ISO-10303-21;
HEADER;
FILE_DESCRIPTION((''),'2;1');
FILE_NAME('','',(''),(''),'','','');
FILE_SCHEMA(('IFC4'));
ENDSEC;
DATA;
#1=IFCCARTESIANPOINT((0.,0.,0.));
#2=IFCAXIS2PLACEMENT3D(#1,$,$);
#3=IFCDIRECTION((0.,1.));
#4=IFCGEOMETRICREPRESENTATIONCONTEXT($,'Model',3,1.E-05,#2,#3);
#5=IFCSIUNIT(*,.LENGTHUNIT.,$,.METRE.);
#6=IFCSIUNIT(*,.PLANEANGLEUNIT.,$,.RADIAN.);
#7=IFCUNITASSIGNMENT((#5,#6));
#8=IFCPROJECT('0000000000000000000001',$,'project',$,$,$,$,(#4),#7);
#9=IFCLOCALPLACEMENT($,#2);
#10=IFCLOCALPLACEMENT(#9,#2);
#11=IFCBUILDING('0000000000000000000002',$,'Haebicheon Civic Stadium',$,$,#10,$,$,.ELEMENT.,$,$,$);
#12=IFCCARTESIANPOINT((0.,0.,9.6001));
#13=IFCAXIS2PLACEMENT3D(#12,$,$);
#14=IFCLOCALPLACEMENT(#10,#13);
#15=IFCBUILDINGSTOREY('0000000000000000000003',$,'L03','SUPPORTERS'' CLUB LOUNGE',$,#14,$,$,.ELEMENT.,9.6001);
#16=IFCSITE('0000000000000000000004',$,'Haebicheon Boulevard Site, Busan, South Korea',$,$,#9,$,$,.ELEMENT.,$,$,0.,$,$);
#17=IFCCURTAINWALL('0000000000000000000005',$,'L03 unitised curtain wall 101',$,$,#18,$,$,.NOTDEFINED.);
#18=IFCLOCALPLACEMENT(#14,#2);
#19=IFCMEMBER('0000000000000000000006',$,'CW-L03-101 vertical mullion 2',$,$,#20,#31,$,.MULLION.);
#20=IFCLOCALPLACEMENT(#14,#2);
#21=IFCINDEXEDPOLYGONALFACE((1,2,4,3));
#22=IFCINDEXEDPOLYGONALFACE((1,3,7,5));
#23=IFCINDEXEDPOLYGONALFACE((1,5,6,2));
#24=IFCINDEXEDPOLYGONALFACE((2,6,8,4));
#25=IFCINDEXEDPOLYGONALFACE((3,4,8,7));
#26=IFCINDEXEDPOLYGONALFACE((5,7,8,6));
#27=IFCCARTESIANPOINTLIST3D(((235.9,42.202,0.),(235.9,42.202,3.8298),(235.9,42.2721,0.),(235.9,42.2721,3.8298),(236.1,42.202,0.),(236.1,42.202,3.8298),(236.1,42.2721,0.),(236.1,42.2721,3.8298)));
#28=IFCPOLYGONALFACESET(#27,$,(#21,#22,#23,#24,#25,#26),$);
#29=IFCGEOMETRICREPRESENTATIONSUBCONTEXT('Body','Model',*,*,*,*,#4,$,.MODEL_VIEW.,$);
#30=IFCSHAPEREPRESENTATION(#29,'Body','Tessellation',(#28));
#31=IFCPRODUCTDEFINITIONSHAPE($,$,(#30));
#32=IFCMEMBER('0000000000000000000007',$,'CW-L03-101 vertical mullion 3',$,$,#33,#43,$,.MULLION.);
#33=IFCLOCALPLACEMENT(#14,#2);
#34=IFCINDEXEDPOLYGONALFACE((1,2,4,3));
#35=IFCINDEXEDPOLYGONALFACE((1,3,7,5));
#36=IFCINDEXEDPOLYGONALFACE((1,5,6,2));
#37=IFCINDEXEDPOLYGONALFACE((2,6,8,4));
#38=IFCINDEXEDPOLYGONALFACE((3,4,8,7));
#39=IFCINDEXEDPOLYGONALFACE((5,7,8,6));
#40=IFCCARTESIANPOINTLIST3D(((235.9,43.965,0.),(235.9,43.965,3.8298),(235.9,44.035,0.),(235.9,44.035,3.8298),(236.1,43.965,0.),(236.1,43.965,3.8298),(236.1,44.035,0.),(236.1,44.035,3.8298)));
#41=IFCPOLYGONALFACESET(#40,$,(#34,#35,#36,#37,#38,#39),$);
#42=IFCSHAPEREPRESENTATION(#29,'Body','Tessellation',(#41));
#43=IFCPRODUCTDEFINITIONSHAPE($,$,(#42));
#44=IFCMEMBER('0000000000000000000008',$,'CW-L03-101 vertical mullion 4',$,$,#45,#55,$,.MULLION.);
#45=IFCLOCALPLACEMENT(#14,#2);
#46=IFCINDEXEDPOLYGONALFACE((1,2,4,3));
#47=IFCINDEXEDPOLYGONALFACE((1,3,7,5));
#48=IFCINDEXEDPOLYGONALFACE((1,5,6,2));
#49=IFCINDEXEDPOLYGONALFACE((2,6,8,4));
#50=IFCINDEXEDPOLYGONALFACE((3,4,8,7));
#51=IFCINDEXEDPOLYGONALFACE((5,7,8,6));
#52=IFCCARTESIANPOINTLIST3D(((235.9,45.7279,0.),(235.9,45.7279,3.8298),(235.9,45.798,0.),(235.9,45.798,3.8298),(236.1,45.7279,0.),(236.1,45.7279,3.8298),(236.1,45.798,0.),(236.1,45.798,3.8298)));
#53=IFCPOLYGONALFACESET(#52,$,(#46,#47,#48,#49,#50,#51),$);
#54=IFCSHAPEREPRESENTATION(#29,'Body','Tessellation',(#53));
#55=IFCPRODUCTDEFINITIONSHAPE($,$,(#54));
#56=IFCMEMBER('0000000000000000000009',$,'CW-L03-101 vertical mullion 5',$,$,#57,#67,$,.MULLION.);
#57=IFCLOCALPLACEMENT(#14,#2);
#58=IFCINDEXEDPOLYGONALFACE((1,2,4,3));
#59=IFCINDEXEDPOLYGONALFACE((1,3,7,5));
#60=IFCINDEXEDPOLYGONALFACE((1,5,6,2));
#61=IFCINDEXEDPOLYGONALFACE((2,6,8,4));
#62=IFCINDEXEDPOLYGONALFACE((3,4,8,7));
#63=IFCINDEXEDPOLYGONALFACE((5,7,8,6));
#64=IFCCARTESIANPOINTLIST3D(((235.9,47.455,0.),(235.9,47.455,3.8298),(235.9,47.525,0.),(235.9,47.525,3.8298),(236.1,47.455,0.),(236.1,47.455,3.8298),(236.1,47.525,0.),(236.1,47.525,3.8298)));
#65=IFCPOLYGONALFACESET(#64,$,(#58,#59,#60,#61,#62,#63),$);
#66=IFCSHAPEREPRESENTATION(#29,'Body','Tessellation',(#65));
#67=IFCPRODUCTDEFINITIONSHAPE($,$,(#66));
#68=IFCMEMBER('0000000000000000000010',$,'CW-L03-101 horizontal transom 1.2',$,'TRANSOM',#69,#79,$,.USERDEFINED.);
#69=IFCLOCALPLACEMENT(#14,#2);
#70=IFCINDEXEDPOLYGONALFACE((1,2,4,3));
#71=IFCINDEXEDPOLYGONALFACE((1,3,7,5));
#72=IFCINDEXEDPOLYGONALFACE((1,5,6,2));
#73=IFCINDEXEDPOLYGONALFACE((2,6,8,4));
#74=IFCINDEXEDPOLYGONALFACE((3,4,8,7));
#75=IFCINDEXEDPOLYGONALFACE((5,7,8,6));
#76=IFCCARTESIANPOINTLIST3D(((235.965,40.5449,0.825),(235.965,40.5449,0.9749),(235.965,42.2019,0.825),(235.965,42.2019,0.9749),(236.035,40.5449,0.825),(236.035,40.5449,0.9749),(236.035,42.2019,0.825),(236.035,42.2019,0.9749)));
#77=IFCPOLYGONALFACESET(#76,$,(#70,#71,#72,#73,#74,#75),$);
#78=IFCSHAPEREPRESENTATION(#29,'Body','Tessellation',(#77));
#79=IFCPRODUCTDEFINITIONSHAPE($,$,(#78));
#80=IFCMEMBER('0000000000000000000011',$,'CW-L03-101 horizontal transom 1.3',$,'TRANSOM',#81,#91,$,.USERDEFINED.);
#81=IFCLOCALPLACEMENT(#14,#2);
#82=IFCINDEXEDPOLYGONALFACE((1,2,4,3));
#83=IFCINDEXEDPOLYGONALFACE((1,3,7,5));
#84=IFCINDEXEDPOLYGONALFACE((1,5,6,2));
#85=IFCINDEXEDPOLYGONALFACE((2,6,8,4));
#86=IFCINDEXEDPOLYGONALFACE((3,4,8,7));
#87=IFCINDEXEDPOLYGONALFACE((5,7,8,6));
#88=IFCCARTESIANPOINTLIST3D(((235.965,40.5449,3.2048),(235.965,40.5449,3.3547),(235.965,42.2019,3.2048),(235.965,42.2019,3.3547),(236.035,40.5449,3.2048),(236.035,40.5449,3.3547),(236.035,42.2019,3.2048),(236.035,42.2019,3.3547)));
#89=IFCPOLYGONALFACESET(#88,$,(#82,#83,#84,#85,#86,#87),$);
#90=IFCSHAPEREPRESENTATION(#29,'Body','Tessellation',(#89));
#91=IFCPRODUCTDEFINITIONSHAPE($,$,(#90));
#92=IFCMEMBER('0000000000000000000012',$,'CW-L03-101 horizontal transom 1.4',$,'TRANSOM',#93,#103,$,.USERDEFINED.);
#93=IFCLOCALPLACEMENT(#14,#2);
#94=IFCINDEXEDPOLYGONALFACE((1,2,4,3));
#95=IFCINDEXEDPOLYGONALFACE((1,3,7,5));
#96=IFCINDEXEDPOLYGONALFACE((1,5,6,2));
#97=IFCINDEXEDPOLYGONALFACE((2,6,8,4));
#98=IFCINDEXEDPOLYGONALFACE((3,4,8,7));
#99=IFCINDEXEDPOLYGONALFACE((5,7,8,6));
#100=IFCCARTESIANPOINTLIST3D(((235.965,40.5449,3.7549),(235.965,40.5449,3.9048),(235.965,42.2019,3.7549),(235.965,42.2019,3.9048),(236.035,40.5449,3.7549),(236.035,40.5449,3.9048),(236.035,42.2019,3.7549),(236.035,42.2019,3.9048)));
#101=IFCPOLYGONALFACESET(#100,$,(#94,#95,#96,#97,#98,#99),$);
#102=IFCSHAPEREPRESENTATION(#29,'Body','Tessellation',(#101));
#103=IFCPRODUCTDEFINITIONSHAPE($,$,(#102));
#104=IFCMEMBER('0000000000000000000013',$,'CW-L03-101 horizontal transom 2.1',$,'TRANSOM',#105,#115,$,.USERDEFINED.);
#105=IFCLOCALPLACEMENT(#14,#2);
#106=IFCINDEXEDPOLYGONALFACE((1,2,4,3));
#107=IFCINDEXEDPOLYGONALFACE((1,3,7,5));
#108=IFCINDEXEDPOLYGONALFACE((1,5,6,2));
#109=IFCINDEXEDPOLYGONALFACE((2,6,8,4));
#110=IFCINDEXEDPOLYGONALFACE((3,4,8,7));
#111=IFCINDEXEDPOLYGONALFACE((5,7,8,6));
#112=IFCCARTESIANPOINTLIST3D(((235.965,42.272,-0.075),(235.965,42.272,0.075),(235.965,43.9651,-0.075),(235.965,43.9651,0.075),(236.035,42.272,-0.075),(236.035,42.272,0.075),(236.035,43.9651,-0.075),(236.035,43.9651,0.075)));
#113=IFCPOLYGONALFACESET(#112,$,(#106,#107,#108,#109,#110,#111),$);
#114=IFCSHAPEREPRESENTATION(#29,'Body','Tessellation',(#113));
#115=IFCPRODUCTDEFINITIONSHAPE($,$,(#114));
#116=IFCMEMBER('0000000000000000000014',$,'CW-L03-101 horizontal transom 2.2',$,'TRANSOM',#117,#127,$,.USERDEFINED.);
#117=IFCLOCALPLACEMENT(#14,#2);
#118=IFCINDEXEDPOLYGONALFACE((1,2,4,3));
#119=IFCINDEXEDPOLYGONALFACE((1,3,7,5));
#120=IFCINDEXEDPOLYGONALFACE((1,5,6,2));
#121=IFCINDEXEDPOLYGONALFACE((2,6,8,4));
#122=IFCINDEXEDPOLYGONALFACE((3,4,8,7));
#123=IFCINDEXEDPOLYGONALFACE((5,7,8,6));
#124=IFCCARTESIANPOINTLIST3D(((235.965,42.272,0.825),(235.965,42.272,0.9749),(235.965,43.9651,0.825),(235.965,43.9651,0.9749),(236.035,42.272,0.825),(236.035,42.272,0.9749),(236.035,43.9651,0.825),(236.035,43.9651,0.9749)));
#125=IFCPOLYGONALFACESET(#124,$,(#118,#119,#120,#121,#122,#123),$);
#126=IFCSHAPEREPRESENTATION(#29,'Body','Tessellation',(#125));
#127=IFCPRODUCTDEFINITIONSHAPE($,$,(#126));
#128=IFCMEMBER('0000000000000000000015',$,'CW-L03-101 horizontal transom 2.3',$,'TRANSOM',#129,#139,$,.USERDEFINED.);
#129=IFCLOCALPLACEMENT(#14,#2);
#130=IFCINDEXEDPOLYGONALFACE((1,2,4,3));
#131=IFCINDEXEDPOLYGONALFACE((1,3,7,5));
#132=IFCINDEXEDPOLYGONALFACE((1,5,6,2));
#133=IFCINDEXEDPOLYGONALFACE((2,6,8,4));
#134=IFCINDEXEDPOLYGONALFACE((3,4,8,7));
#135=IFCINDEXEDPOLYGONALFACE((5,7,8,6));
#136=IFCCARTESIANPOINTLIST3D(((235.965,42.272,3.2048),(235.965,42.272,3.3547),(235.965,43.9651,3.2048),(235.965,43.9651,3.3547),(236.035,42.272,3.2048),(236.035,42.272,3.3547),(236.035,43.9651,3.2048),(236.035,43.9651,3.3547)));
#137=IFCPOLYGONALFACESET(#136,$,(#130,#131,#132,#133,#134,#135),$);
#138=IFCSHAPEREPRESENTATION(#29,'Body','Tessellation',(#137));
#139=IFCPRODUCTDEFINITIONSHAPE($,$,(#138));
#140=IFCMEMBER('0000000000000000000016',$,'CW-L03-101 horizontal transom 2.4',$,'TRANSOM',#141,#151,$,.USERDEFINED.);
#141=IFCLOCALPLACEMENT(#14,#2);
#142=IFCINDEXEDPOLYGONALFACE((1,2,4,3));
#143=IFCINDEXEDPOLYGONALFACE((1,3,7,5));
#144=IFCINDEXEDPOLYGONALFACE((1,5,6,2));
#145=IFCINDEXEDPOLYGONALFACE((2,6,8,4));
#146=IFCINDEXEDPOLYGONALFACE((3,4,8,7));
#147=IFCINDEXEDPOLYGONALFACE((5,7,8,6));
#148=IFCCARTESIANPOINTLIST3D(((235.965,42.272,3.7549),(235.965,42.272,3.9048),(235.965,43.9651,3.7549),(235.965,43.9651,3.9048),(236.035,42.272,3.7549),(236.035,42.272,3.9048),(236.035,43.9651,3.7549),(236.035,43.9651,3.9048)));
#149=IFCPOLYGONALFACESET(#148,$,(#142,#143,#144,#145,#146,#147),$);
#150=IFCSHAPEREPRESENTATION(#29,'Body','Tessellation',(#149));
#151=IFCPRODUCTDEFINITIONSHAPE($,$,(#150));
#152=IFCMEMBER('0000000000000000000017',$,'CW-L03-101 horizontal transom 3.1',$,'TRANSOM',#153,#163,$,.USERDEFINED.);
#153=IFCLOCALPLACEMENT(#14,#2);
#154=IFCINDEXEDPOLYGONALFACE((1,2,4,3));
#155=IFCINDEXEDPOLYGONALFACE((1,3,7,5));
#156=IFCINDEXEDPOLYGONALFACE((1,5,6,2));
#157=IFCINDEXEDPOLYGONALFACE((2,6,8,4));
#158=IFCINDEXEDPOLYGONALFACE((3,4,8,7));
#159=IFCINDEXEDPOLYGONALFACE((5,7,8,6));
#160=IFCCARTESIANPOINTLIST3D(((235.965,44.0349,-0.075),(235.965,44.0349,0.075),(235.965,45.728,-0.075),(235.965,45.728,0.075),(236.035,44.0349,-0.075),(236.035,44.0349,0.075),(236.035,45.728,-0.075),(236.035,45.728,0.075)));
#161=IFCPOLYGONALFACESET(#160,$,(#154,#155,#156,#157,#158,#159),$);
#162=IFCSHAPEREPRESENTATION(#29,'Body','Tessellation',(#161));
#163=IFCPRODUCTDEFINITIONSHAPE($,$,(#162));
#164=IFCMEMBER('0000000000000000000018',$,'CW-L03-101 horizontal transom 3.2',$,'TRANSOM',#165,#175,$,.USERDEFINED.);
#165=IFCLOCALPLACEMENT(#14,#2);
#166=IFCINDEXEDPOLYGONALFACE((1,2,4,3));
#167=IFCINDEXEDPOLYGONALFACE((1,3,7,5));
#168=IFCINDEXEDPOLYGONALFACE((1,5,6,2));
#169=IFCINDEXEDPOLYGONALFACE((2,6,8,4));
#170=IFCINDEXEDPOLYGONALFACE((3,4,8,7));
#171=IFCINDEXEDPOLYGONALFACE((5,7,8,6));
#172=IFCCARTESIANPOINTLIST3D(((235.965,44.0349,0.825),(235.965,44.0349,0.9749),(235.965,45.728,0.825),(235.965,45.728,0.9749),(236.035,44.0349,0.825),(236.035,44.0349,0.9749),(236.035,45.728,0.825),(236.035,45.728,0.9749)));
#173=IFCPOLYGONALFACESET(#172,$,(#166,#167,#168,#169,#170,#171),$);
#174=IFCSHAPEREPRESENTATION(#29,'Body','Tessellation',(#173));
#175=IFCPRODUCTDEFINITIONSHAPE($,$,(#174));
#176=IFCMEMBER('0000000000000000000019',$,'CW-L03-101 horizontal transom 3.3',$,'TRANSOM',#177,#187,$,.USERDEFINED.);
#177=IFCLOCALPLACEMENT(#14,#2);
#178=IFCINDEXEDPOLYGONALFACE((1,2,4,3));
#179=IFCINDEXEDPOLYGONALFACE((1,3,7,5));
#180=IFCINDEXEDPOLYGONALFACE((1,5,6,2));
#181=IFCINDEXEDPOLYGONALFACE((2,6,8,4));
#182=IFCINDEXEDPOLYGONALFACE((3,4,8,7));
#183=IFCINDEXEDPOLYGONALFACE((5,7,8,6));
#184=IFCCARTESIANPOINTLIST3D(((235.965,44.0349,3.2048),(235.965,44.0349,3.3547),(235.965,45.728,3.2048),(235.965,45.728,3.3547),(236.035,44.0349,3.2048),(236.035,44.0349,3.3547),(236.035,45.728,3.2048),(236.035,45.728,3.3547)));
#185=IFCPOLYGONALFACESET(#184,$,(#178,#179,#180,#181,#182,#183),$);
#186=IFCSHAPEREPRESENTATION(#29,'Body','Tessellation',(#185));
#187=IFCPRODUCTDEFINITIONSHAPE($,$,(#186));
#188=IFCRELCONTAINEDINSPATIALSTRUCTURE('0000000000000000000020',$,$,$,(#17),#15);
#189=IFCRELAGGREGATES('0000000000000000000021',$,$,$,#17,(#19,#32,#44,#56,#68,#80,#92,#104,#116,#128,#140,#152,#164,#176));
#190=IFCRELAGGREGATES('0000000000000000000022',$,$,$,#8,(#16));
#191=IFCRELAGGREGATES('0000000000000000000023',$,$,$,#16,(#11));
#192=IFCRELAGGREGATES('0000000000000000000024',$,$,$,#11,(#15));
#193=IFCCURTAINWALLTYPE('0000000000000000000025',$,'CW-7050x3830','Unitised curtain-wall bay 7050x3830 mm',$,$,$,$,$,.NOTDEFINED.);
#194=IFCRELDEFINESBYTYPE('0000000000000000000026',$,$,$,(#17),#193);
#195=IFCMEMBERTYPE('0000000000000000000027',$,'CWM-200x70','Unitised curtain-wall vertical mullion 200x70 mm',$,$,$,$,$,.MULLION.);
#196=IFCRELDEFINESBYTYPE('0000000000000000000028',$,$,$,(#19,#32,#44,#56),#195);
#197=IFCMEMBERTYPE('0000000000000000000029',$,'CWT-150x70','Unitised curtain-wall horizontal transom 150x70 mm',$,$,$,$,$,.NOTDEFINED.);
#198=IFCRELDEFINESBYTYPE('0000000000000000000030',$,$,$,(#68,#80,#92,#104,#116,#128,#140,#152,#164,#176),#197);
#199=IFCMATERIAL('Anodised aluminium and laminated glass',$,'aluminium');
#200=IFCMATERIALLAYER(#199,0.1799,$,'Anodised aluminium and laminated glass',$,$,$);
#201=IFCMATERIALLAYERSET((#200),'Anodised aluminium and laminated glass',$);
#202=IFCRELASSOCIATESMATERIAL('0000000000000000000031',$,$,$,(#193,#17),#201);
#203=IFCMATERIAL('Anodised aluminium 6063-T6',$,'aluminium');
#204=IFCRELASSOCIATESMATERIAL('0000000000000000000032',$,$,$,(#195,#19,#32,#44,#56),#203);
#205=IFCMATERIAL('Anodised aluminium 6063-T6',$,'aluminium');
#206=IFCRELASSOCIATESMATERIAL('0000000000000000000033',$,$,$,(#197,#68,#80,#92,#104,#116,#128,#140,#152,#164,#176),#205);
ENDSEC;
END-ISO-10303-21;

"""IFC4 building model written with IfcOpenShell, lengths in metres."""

from ifc_helpers import new_model, si_unit, direction, frame, origin, origin_2d, place, context, subcontext, project, spatial, rectangle, extrude, material, layer, layer_set, material_profile, profile_set, type_object, element, aggregate, save


model = new_model("IFC4")

# Units and contexts
model_context = context("Model", 3, precision=1e-05, world=origin(), true_north=direction((0.0, 1.0)))
body_context = subcontext(model_context, "Body", "Model", "MODEL_VIEW")
ifc_project = project(units=[si_unit("LENGTHUNIT", "METRE"), si_unit("PLANEANGLEUNIT", "RADIAN")], contexts=[model_context])

# Site, building, storey
site_placement = place(None, origin())
site = spatial("IfcSite", under=ifc_project, at=site_placement, Name="Haebicheon Boulevard Site, Busan, South Korea", CompositionType="ELEMENT", RefElevation=0.0)
building_placement = place(site_placement, origin())
building = spatial("IfcBuilding", under=site, at=building_placement, Name="Haebicheon Civic Stadium", CompositionType="ELEMENT")
storey_placement = place(building_placement, frame((0.0, 0.0, 9.6001)))
storey = spatial("IfcBuildingStorey", under=building, at=storey_placement, Name="L03", Description="SUPPORTERS' CLUB LOUNGE", CompositionType="ELEMENT", Elevation=9.6001)

# Curtain wall, members
ifc_material_1 = material(Name="Anodised aluminium and laminated glass", Category="aluminium")
ifc_layer_1 = layer(ifc_material_1, 0.1799, Name="Anodised aluminium and laminated glass")
ifc_layer_set_1 = layer_set([ifc_layer_1], Name="Anodised aluminium and laminated glass")
curtain_wall_type = type_object("IfcCurtainWallType", Name="CW-7050x3830", Description="Unitised curtain-wall bay 7050x3830 mm", PredefinedType="NOTDEFINED", material=ifc_layer_set_1)
curtain_wall_placement = place(storey_placement, origin())
curtain_wall = element("IfcCurtainWall", 1, at=curtain_wall_placement, inside=storey, type_object=curtain_wall_type, material=ifc_layer_set_1, Name="L03 unitised curtain wall 101", PredefinedType="NOTDEFINED")
ifc_material_2 = material(Name="Anodised aluminium 6063-T6", Category="aluminium")
ifc_material_profile_1 = material_profile(ifc_material_2, rectangle(XDim=0.0701, YDim=0.2, at=origin_2d()), Name="ALU-MULL-70x200")
ifc_profile_set_1 = profile_set([ifc_material_profile_1], Name="Anodised aluminium 6063-T6")
member_type_1 = type_object("IfcMemberType", Name="CWM-200x70", Description="Unitised curtain-wall vertical mullion 200x70 mm", PredefinedType="MULLION", material=ifc_profile_set_1)
member_1_placement = place(storey_placement, frame((236.0, 42.2371, 0.0), z_axis=(0.0, 0.0, 1.0), x_axis=(0.0, 1.0, 0.0)))
member_1 = element("IfcMember", 2, at=member_1_placement, type_object=member_type_1, material=ifc_profile_set_1, Name="CW-L03-101 vertical mullion 2", PredefinedType="MULLION", context=body_context, shape_type="SweptSolid", body=[
    extrude(rectangle(XDim=0.0701, YDim=0.2, at=origin_2d()), origin(), (0.0, 0.0, 1.0), 3.8298),
])
member_2_placement = place(storey_placement, frame((236.0, 44.0, 0.0), z_axis=(0.0, 0.0, 1.0), x_axis=(0.0, 1.0, 0.0)))
member_2 = element("IfcMember", 3, at=member_2_placement, type_object=member_type_1, material=ifc_profile_set_1, Name="CW-L03-101 vertical mullion 3", PredefinedType="MULLION", context=body_context, shape_type="SweptSolid", body=[
    extrude(rectangle(XDim=0.0701, YDim=0.2, at=origin_2d()), origin(), (0.0, 0.0, 1.0), 3.8298),
])
member_3_placement = place(storey_placement, frame((236.0, 45.7629, 0.0), z_axis=(0.0, 0.0, 1.0), x_axis=(0.0, 1.0, 0.0)))
member_3 = element("IfcMember", 4, at=member_3_placement, type_object=member_type_1, material=ifc_profile_set_1, Name="CW-L03-101 vertical mullion 4", PredefinedType="MULLION", context=body_context, shape_type="SweptSolid", body=[
    extrude(rectangle(XDim=0.0701, YDim=0.2, at=origin_2d()), origin(), (0.0, 0.0, 1.0), 3.8298),
])
member_4_placement = place(storey_placement, frame((236.0, 47.49, 0.0), z_axis=(0.0, 0.0, 1.0), x_axis=(0.0, 1.0, 0.0)))
member_4 = element("IfcMember", 5, at=member_4_placement, type_object=member_type_1, material=ifc_profile_set_1, Name="CW-L03-101 vertical mullion 5", PredefinedType="MULLION", context=body_context, shape_type="SweptSolid", body=[
    extrude(rectangle(XDim=0.0701, YDim=0.2, at=origin_2d()), origin(), (0.0, 0.0, 1.0), 3.8298),
])
ifc_material_3 = material(Name="Anodised aluminium 6063-T6", Category="aluminium")
ifc_material_profile_2 = material_profile(ifc_material_3, rectangle(XDim=0.0701, YDim=0.1499, at=origin_2d()), Name="ALU-TRAN-70x150")
ifc_profile_set_2 = profile_set([ifc_material_profile_2], Name="Anodised aluminium 6063-T6")
member_type_2 = type_object("IfcMemberType", Name="CWT-150x70", Description="Unitised curtain-wall horizontal transom 150x70 mm", PredefinedType="NOTDEFINED", material=ifc_profile_set_2)
member_5_placement = place(storey_placement, frame((236.0, 40.5449, 0.8999), z_axis=(0.0, 1.0, 0.0), x_axis=(-1.0, 0.0, 0.0)))
member_5 = element("IfcMember", 6, at=member_5_placement, type_object=member_type_2, material=ifc_profile_set_2, Name="CW-L03-101 horizontal transom 1.2", ObjectType="TRANSOM", PredefinedType="USERDEFINED", context=body_context, shape_type="SweptSolid", body=[
    extrude(rectangle(XDim=0.0701, YDim=0.1499, at=origin_2d()), origin(), (0.0, 0.0, 1.0), 1.657),
])
member_6_placement = place(storey_placement, frame((236.0, 40.5449, 3.2798), z_axis=(0.0, 1.0, 0.0), x_axis=(-1.0, 0.0, 0.0)))
member_6 = element("IfcMember", 7, at=member_6_placement, type_object=member_type_2, material=ifc_profile_set_2, Name="CW-L03-101 horizontal transom 1.3", ObjectType="TRANSOM", PredefinedType="USERDEFINED", context=body_context, shape_type="SweptSolid", body=[
    extrude(rectangle(XDim=0.0701, YDim=0.1499, at=origin_2d()), origin(), (0.0, 0.0, 1.0), 1.657),
])
member_7_placement = place(storey_placement, frame((236.0, 40.5449, 3.8298), z_axis=(0.0, 1.0, 0.0), x_axis=(-1.0, 0.0, 0.0)))
member_7 = element("IfcMember", 8, at=member_7_placement, type_object=member_type_2, material=ifc_profile_set_2, Name="CW-L03-101 horizontal transom 1.4", ObjectType="TRANSOM", PredefinedType="USERDEFINED", context=body_context, shape_type="SweptSolid", body=[
    extrude(rectangle(XDim=0.0701, YDim=0.1499, at=origin_2d()), origin(), (0.0, 0.0, 1.0), 1.657),
])
member_8_placement = place(storey_placement, frame((236.0, 42.272, 0.0), z_axis=(0.0, 1.0, 0.0), x_axis=(-1.0, 0.0, 0.0)))
member_8 = element("IfcMember", 9, at=member_8_placement, type_object=member_type_2, material=ifc_profile_set_2, Name="CW-L03-101 horizontal transom 2.1", ObjectType="TRANSOM", PredefinedType="USERDEFINED", context=body_context, shape_type="SweptSolid", body=[
    extrude(rectangle(XDim=0.0701, YDim=0.1499, at=origin_2d()), origin(), (0.0, 0.0, 1.0), 1.6931),
])
member_9_placement = place(storey_placement, frame((236.0, 42.272, 0.8999), z_axis=(0.0, 1.0, 0.0), x_axis=(-1.0, 0.0, 0.0)))
member_9 = element("IfcMember", 10, at=member_9_placement, type_object=member_type_2, material=ifc_profile_set_2, Name="CW-L03-101 horizontal transom 2.2", ObjectType="TRANSOM", PredefinedType="USERDEFINED", context=body_context, shape_type="SweptSolid", body=[
    extrude(rectangle(XDim=0.0701, YDim=0.1499, at=origin_2d()), origin(), (0.0, 0.0, 1.0), 1.6931),
])
member_10_placement = place(storey_placement, frame((236.0, 42.272, 3.2798), z_axis=(0.0, 1.0, 0.0), x_axis=(-1.0, 0.0, 0.0)))
member_10 = element("IfcMember", 11, at=member_10_placement, type_object=member_type_2, material=ifc_profile_set_2, Name="CW-L03-101 horizontal transom 2.3", ObjectType="TRANSOM", PredefinedType="USERDEFINED", context=body_context, shape_type="SweptSolid", body=[
    extrude(rectangle(XDim=0.0701, YDim=0.1499, at=origin_2d()), origin(), (0.0, 0.0, 1.0), 1.6931),
])
member_11_placement = place(storey_placement, frame((236.0, 42.272, 3.8298), z_axis=(0.0, 1.0, 0.0), x_axis=(-1.0, 0.0, 0.0)))
member_11 = element("IfcMember", 12, at=member_11_placement, type_object=member_type_2, material=ifc_profile_set_2, Name="CW-L03-101 horizontal transom 2.4", ObjectType="TRANSOM", PredefinedType="USERDEFINED", context=body_context, shape_type="SweptSolid", body=[
    extrude(rectangle(XDim=0.0701, YDim=0.1499, at=origin_2d()), origin(), (0.0, 0.0, 1.0), 1.6931),
])
member_12_placement = place(storey_placement, frame((236.0, 44.0349, 0.0), z_axis=(0.0, 1.0, 0.0), x_axis=(-1.0, 0.0, 0.0)))
member_12 = element("IfcMember", 13, at=member_12_placement, type_object=member_type_2, material=ifc_profile_set_2, Name="CW-L03-101 horizontal transom 3.1", ObjectType="TRANSOM", PredefinedType="USERDEFINED", context=body_context, shape_type="SweptSolid", body=[
    extrude(rectangle(XDim=0.0701, YDim=0.1499, at=origin_2d()), origin(), (0.0, 0.0, 1.0), 1.6931),
])
member_13_placement = place(storey_placement, frame((236.0, 44.0349, 0.8999), z_axis=(0.0, 1.0, 0.0), x_axis=(-1.0, 0.0, 0.0)))
member_13 = element("IfcMember", 14, at=member_13_placement, type_object=member_type_2, material=ifc_profile_set_2, Name="CW-L03-101 horizontal transom 3.2", ObjectType="TRANSOM", PredefinedType="USERDEFINED", context=body_context, shape_type="SweptSolid", body=[
    extrude(rectangle(XDim=0.0701, YDim=0.1499, at=origin_2d()), origin(), (0.0, 0.0, 1.0), 1.6931),
])
member_14_placement = place(storey_placement, frame((236.0, 44.0349, 3.2798), z_axis=(0.0, 1.0, 0.0), x_axis=(-1.0, 0.0, 0.0)))
member_14 = element("IfcMember", 15, at=member_14_placement, type_object=member_type_2, material=ifc_profile_set_2, Name="CW-L03-101 horizontal transom 3.3", ObjectType="TRANSOM", PredefinedType="USERDEFINED", context=body_context, shape_type="SweptSolid", body=[
    extrude(rectangle(XDim=0.0701, YDim=0.1499, at=origin_2d()), origin(), (0.0, 0.0, 1.0), 1.6931),
])
aggregate(curtain_wall, [member_1, member_2, member_3, member_4, member_5, member_6, member_7, member_8, member_9, member_10, member_11, member_12, member_13, member_14])

save(model, "model.ifc")
